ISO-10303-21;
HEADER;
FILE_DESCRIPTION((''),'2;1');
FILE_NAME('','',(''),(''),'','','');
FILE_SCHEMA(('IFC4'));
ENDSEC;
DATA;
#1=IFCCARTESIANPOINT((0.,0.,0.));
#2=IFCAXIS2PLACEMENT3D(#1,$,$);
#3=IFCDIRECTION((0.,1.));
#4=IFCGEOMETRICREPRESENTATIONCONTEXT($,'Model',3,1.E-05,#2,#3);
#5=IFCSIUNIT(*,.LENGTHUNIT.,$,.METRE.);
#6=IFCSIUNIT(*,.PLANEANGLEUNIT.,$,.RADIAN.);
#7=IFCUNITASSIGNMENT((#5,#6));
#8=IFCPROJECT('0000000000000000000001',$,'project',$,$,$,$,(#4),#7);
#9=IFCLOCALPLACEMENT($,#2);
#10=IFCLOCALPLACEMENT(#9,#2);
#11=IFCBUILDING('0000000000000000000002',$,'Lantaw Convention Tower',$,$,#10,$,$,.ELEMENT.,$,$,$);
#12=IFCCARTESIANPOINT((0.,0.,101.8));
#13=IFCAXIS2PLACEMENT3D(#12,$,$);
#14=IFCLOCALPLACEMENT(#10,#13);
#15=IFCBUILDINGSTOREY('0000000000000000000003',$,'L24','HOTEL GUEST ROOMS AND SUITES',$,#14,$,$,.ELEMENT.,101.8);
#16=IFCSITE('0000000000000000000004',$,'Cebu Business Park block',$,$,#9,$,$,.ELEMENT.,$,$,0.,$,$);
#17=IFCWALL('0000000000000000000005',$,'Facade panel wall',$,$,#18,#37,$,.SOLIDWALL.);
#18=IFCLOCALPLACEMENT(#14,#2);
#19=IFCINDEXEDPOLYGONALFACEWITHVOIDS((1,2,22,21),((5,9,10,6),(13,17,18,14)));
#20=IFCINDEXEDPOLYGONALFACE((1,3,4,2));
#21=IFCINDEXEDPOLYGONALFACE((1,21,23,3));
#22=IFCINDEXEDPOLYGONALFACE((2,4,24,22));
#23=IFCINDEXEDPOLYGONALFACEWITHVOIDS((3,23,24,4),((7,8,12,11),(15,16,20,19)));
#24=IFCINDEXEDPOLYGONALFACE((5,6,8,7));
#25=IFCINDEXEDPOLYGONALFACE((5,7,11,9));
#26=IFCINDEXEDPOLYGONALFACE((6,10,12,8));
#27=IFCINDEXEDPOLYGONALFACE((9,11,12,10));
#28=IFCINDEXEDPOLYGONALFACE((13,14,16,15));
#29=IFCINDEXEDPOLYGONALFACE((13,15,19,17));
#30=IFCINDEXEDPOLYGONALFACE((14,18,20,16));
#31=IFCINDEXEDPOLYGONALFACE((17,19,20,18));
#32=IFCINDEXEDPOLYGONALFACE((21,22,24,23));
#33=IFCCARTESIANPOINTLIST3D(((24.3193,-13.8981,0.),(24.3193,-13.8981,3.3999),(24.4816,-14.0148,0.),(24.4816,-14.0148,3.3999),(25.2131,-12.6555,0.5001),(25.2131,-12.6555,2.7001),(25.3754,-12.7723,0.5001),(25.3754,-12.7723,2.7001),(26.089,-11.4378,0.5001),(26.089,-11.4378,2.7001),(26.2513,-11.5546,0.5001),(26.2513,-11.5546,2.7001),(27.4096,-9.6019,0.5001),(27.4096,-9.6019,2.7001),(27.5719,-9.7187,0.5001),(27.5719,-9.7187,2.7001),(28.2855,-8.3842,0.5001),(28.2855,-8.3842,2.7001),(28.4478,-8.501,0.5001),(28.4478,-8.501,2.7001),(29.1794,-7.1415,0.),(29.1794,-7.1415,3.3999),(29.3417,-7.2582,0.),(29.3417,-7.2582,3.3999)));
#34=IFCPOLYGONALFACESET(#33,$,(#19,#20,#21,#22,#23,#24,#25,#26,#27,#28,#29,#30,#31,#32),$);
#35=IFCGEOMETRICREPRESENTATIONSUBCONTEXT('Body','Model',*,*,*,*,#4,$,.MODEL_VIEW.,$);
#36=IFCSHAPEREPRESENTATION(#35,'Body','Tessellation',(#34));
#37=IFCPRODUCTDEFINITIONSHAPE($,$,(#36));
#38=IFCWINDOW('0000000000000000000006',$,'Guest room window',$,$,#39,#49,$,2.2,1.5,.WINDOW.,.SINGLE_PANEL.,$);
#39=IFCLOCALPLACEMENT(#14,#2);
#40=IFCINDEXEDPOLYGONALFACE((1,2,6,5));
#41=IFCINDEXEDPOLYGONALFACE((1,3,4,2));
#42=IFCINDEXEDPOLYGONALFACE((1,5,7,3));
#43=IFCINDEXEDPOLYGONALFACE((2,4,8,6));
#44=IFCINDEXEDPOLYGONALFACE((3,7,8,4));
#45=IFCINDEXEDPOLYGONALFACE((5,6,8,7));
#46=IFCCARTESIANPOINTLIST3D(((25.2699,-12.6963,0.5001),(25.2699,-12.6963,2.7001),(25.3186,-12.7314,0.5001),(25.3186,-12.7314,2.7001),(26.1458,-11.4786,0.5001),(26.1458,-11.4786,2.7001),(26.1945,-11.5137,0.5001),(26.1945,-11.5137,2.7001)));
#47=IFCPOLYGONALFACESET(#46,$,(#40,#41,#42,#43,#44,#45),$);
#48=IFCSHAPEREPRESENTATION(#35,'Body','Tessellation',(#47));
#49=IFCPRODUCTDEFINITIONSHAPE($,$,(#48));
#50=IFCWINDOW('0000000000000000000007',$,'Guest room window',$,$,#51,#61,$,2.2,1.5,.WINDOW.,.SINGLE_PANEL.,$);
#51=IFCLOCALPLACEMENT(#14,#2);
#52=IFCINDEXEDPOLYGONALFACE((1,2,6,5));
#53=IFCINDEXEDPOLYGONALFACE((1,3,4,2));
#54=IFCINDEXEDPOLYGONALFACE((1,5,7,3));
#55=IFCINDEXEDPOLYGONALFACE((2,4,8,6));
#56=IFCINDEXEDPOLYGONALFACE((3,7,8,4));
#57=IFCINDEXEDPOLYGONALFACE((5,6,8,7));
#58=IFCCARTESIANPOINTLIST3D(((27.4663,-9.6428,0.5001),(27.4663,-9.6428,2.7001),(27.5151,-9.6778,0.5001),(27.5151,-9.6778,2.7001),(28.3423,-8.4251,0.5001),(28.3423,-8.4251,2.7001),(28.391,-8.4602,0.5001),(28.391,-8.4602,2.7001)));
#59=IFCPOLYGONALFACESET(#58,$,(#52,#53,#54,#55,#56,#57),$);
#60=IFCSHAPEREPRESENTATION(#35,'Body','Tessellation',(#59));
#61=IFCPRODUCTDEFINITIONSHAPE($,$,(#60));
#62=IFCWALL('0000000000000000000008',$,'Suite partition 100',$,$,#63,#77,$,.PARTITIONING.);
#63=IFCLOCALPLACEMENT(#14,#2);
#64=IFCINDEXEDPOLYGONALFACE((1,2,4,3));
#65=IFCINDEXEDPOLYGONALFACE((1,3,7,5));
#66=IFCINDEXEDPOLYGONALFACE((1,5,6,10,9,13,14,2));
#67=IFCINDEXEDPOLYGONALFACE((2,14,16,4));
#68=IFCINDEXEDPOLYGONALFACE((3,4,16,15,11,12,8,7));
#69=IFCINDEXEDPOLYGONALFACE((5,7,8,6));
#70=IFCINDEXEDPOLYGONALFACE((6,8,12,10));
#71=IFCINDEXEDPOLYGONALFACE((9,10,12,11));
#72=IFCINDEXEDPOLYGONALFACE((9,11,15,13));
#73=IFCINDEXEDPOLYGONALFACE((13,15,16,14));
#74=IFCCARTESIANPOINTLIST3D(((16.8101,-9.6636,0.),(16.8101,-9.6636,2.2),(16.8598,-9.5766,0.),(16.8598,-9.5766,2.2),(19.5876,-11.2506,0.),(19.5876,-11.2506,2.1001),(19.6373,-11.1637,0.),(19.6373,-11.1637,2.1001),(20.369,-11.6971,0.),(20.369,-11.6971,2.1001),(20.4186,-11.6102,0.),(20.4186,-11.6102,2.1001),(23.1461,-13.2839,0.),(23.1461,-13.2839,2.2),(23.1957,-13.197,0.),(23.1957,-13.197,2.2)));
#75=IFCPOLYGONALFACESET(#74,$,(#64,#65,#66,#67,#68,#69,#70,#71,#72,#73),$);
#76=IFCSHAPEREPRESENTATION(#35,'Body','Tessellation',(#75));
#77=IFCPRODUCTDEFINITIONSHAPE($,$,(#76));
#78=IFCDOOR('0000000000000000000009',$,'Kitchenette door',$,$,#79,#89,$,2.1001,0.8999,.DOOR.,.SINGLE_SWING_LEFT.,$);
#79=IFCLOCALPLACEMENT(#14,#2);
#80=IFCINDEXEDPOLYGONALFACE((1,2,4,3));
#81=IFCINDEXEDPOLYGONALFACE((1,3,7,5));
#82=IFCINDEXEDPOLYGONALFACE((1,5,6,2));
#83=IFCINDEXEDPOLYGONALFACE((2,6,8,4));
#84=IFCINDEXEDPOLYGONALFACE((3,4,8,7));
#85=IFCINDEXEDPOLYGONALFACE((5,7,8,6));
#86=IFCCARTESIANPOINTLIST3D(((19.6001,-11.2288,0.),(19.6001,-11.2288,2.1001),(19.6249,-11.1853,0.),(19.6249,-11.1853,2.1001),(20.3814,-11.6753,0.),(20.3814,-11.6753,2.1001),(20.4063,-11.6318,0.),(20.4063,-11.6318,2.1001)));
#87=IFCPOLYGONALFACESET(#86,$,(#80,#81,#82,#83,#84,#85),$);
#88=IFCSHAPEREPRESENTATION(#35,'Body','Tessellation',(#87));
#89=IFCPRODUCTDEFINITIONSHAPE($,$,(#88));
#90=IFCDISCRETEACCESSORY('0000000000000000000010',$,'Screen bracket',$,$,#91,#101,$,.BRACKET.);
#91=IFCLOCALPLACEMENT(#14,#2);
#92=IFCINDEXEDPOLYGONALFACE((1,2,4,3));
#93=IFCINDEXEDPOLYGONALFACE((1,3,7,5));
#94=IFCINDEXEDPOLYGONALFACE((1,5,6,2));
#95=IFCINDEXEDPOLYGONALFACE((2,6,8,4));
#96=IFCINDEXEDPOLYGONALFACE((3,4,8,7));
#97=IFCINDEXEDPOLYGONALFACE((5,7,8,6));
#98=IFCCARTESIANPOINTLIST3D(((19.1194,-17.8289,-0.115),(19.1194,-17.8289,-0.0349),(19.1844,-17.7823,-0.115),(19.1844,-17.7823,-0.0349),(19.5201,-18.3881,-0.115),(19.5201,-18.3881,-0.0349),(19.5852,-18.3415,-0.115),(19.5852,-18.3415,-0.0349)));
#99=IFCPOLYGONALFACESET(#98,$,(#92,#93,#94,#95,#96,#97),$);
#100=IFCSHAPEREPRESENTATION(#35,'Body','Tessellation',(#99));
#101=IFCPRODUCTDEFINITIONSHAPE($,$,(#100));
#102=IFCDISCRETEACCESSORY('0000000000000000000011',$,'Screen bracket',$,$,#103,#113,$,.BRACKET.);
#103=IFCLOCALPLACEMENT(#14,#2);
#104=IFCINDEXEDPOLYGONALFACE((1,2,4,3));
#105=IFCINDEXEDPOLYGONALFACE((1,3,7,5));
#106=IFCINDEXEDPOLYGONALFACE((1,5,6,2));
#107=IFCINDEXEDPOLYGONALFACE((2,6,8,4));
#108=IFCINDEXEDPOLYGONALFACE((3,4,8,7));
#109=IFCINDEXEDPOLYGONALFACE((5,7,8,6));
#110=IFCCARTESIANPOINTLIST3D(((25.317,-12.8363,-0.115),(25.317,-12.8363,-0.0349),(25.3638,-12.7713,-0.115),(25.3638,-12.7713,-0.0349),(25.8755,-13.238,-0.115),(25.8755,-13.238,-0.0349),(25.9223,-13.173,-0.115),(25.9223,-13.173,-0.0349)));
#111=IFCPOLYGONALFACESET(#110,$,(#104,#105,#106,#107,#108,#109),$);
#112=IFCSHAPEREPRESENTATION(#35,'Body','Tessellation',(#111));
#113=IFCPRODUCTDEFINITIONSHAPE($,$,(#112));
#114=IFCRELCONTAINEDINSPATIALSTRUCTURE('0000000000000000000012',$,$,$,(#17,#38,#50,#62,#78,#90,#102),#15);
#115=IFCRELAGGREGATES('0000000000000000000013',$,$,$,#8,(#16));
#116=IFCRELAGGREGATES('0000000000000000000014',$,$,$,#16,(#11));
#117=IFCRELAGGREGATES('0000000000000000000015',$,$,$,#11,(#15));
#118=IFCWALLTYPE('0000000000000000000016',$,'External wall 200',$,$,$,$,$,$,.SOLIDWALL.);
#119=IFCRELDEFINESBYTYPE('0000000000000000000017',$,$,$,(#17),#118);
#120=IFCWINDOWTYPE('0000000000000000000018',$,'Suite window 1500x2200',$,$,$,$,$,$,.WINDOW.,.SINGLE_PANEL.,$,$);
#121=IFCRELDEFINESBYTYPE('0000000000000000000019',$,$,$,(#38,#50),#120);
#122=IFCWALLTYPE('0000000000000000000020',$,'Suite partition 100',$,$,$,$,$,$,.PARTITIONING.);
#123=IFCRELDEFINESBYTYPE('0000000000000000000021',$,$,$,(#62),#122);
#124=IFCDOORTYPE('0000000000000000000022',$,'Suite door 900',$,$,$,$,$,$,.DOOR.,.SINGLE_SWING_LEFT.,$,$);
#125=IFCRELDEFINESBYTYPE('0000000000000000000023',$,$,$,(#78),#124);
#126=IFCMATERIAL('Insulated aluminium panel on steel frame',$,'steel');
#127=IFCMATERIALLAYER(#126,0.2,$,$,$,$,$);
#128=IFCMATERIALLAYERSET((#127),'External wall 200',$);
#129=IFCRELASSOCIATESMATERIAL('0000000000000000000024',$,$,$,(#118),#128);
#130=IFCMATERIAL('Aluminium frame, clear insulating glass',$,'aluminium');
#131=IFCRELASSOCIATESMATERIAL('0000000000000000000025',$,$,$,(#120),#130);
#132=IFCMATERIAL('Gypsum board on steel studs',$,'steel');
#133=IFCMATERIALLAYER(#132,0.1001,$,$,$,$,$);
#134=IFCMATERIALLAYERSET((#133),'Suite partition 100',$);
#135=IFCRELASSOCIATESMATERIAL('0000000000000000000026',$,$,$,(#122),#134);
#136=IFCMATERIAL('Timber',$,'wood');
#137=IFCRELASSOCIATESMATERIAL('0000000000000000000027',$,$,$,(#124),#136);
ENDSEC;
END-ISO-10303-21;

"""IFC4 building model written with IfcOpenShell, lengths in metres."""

from ifc_helpers import new_model, si_unit, direction, frame, frame_2d, origin, origin_2d, place, context, subcontext, project, spatial, rectangle, extrude, material, layer, layer_set, type_object, element, fill, save


model = new_model("IFC4")

# Units and contexts
model_context = context("Model", 3, precision=1e-05, world=origin(), true_north=direction((0.0, 1.0)))
body_context = subcontext(model_context, "Body", "Model", "MODEL_VIEW")
ifc_project = project(units=[si_unit("LENGTHUNIT", "METRE"), si_unit("PLANEANGLEUNIT", "RADIAN")], contexts=[model_context])

# Site, building, storey
site_placement = place(None, origin())
site = spatial("IfcSite", under=ifc_project, at=site_placement, Name="Cebu Business Park block", CompositionType="ELEMENT", RefElevation=0.0)
building_placement = place(site_placement, origin())
building = spatial("IfcBuilding", under=site, at=building_placement, Name="Lantaw Convention Tower", CompositionType="ELEMENT")
storey_placement = place(building_placement, frame((0.0, 0.0, 101.8)))
storey = spatial("IfcBuildingStorey", under=building, at=storey_placement, Name="L24", Description="HOTEL GUEST ROOMS AND SUITES", CompositionType="ELEMENT", Elevation=101.8)

# Wall, openings, windows
ifc_material_1 = material(Name="Insulated aluminium panel on steel frame", Category="steel")
ifc_layer_1 = layer(ifc_material_1, 0.2)
ifc_layer_set_1 = layer_set([ifc_layer_1], Name="External wall 200")
wall_type_1 = type_object("IfcWallType", Name="External wall 200", PredefinedType="SOLIDWALL", material=ifc_layer_set_1)
wall_1_placement = place(storey_placement, frame((24.4004, -13.9565, 0.0), z_axis=(0.0, 0.0, 1.0), x_axis=(0.583938, 0.811799, 0.0)))
wall_1 = element("IfcWall", 1, at=wall_1_placement, inside=storey, type_object=wall_type_1, Name="Facade panel wall", PredefinedType="SOLIDWALL", context=body_context, shape_type="SweptSolid", body=[
    extrude(rectangle(XDim=8.323, YDim=0.2, at=frame_2d((4.1616, 0.0))), origin(), (0.0, 0.0, 1.0), 3.3999),
])
opening_1_placement = place(wall_1_placement, frame((1.5308, 0.0, 0.5)))
opening_1 = element("IfcOpeningElement", 2, at=opening_1_placement, cuts=wall_1, PredefinedType="OPENING", context=body_context, shape_type="SweptSolid", body=[
    extrude(rectangle(XDim=1.5, YDim=2.2, at=frame_2d((0.75, 1.1001))), frame((0.0, 0.1099, 0.0), z_axis=(0.0, -1.0, 0.0), x_axis=(1.0, 0.0, 0.0)), (0.0, 0.0, 1.0), 0.22),
])
opening_2_placement = place(wall_1_placement, frame((5.2922, 0.0, 0.5)))
opening_2 = element("IfcOpeningElement", 3, at=opening_2_placement, cuts=wall_1, PredefinedType="OPENING", context=body_context, shape_type="SweptSolid", body=[
    extrude(rectangle(XDim=1.5, YDim=2.2, at=frame_2d((0.75, 1.1001))), frame((0.0, 0.1099, 0.0), z_axis=(0.0, -1.0, 0.0), x_axis=(1.0, 0.0, 0.0)), (0.0, 0.0, 1.0), 0.22),
])
ifc_material_2 = material(Name="Aluminium frame, clear insulating glass", Category="aluminium")
window_type = type_object("IfcWindowType", Name="Suite window 1500x2200", PartitioningType="SINGLE_PANEL", PredefinedType="WINDOW", material=ifc_material_2)
window_1_placement = place(opening_1_placement, origin())
window_1 = element("IfcWindow", 4, at=window_1_placement, inside=storey, type_object=window_type, Name="Guest room window", OverallHeight=2.2, OverallWidth=1.5, PartitioningType="SINGLE_PANEL", PredefinedType="WINDOW", context=body_context, shape_type="SweptSolid", body=[
    extrude(rectangle(XDim=1.5, YDim=2.2, at=frame_2d((0.75, 1.1001))), frame((0.0, 0.03, 0.0), z_axis=(0.0, -1.0, 0.0), x_axis=(1.0, 0.0, 0.0)), (0.0, 0.0, 1.0), 0.0601),
])
fill(opening_1, window_1)
window_2_placement = place(opening_2_placement, origin())
window_2 = element("IfcWindow", 5, at=window_2_placement, inside=storey, type_object=window_type, Name="Guest room window", OverallHeight=2.2, OverallWidth=1.5, PartitioningType="SINGLE_PANEL", PredefinedType="WINDOW", context=body_context, shape_type="SweptSolid", body=[
    extrude(rectangle(XDim=1.5, YDim=2.2, at=frame_2d((0.75, 1.1001))), frame((0.0, 0.03, 0.0), z_axis=(0.0, -1.0, 0.0), x_axis=(1.0, 0.0, 0.0)), (0.0, 0.0, 1.0), 0.0601),
])
fill(opening_2, window_2)

# Wall, opening, door
ifc_material_3 = material(Name="Gypsum board on steel studs", Category="steel")
ifc_layer_2 = layer(ifc_material_3, 0.1001)
ifc_layer_set_2 = layer_set([ifc_layer_2], Name="Suite partition 100")
wall_type_2 = type_object("IfcWallType", Name="Suite partition 100", PredefinedType="PARTITIONING", material=ifc_layer_set_2)
wall_2_placement = place(storey_placement, frame((23.1709, -13.2405, 0.0), z_axis=(0.0, 0.0, 1.0), x_axis=(-0.868253, 0.496121, 0.0)))
wall_2 = element("IfcWall", 6, at=wall_2_placement, inside=storey, type_object=wall_type_2, Name="Suite partition 100", PredefinedType="PARTITIONING", context=body_context, shape_type="SweptSolid", body=[
    extrude(rectangle(XDim=7.2974, YDim=0.1001, at=frame_2d((3.6487, 0.0))), origin(), (0.0, 0.0, 1.0), 2.2),
])
opening_3_placement = place(wall_2_placement, frame((3.1985, 0.0, 0.0)))
opening_3 = element("IfcOpeningElement", 7, at=opening_3_placement, cuts=wall_2, PredefinedType="OPENING", context=body_context, shape_type="SweptSolid", body=[
    extrude(rectangle(XDim=0.8999, YDim=2.1001, at=frame_2d((0.45, 1.05))), frame((0.0, 0.0601, 0.0), z_axis=(0.0, -1.0, 0.0), x_axis=(1.0, 0.0, 0.0)), (0.0, 0.0, 1.0), 0.1201),
])
ifc_material_4 = material(Name="Timber", Category="wood")
door_type = type_object("IfcDoorType", Name="Suite door 900", OperationType="SINGLE_SWING_LEFT", PredefinedType="DOOR", material=ifc_material_4)
door_placement = place(opening_3_placement, origin())
door = element("IfcDoor", 8, at=door_placement, inside=storey, type_object=door_type, Name="Kitchenette door", OperationType="SINGLE_SWING_LEFT", OverallHeight=2.1001, OverallWidth=0.8999, PredefinedType="DOOR", context=body_context, shape_type="SweptSolid", body=[
    extrude(rectangle(XDim=0.8999, YDim=2.1001, at=frame_2d((0.45, 1.05))), frame((0.0, 0.0249, 0.0), z_axis=(0.0, -1.0, 0.0), x_axis=(1.0, 0.0, 0.0)), (0.0, 0.0, 1.0), 0.05),
])
fill(opening_3, door)

# Discrete accessories
for number, where, z_axis, x_axis, name in (
    (9, (19.3523, -18.0852, -0.115), (0.0, 0.0, 1.0), (0.812804, 0.582538, 0.0), "Screen bracket"),
    (10, (25.6196, -13.0046, -0.115), (0.0, 0.0, 1.0), (0.583951, 0.811789, 0.0), "Screen bracket"),
):
    element("IfcDiscreteAccessory", number, at=place(storey_placement, frame(where, z_axis=z_axis, x_axis=x_axis)), inside=storey, Name=name, PredefinedType="BRACKET", context=body_context, shape_type="SweptSolid", body=[
        extrude(rectangle(XDim=0.0801, YDim=0.688, at=origin_2d()), origin(), (0.0, 0.0, 1.0), 0.0801),
    ])

save(model, "model.ifc")
